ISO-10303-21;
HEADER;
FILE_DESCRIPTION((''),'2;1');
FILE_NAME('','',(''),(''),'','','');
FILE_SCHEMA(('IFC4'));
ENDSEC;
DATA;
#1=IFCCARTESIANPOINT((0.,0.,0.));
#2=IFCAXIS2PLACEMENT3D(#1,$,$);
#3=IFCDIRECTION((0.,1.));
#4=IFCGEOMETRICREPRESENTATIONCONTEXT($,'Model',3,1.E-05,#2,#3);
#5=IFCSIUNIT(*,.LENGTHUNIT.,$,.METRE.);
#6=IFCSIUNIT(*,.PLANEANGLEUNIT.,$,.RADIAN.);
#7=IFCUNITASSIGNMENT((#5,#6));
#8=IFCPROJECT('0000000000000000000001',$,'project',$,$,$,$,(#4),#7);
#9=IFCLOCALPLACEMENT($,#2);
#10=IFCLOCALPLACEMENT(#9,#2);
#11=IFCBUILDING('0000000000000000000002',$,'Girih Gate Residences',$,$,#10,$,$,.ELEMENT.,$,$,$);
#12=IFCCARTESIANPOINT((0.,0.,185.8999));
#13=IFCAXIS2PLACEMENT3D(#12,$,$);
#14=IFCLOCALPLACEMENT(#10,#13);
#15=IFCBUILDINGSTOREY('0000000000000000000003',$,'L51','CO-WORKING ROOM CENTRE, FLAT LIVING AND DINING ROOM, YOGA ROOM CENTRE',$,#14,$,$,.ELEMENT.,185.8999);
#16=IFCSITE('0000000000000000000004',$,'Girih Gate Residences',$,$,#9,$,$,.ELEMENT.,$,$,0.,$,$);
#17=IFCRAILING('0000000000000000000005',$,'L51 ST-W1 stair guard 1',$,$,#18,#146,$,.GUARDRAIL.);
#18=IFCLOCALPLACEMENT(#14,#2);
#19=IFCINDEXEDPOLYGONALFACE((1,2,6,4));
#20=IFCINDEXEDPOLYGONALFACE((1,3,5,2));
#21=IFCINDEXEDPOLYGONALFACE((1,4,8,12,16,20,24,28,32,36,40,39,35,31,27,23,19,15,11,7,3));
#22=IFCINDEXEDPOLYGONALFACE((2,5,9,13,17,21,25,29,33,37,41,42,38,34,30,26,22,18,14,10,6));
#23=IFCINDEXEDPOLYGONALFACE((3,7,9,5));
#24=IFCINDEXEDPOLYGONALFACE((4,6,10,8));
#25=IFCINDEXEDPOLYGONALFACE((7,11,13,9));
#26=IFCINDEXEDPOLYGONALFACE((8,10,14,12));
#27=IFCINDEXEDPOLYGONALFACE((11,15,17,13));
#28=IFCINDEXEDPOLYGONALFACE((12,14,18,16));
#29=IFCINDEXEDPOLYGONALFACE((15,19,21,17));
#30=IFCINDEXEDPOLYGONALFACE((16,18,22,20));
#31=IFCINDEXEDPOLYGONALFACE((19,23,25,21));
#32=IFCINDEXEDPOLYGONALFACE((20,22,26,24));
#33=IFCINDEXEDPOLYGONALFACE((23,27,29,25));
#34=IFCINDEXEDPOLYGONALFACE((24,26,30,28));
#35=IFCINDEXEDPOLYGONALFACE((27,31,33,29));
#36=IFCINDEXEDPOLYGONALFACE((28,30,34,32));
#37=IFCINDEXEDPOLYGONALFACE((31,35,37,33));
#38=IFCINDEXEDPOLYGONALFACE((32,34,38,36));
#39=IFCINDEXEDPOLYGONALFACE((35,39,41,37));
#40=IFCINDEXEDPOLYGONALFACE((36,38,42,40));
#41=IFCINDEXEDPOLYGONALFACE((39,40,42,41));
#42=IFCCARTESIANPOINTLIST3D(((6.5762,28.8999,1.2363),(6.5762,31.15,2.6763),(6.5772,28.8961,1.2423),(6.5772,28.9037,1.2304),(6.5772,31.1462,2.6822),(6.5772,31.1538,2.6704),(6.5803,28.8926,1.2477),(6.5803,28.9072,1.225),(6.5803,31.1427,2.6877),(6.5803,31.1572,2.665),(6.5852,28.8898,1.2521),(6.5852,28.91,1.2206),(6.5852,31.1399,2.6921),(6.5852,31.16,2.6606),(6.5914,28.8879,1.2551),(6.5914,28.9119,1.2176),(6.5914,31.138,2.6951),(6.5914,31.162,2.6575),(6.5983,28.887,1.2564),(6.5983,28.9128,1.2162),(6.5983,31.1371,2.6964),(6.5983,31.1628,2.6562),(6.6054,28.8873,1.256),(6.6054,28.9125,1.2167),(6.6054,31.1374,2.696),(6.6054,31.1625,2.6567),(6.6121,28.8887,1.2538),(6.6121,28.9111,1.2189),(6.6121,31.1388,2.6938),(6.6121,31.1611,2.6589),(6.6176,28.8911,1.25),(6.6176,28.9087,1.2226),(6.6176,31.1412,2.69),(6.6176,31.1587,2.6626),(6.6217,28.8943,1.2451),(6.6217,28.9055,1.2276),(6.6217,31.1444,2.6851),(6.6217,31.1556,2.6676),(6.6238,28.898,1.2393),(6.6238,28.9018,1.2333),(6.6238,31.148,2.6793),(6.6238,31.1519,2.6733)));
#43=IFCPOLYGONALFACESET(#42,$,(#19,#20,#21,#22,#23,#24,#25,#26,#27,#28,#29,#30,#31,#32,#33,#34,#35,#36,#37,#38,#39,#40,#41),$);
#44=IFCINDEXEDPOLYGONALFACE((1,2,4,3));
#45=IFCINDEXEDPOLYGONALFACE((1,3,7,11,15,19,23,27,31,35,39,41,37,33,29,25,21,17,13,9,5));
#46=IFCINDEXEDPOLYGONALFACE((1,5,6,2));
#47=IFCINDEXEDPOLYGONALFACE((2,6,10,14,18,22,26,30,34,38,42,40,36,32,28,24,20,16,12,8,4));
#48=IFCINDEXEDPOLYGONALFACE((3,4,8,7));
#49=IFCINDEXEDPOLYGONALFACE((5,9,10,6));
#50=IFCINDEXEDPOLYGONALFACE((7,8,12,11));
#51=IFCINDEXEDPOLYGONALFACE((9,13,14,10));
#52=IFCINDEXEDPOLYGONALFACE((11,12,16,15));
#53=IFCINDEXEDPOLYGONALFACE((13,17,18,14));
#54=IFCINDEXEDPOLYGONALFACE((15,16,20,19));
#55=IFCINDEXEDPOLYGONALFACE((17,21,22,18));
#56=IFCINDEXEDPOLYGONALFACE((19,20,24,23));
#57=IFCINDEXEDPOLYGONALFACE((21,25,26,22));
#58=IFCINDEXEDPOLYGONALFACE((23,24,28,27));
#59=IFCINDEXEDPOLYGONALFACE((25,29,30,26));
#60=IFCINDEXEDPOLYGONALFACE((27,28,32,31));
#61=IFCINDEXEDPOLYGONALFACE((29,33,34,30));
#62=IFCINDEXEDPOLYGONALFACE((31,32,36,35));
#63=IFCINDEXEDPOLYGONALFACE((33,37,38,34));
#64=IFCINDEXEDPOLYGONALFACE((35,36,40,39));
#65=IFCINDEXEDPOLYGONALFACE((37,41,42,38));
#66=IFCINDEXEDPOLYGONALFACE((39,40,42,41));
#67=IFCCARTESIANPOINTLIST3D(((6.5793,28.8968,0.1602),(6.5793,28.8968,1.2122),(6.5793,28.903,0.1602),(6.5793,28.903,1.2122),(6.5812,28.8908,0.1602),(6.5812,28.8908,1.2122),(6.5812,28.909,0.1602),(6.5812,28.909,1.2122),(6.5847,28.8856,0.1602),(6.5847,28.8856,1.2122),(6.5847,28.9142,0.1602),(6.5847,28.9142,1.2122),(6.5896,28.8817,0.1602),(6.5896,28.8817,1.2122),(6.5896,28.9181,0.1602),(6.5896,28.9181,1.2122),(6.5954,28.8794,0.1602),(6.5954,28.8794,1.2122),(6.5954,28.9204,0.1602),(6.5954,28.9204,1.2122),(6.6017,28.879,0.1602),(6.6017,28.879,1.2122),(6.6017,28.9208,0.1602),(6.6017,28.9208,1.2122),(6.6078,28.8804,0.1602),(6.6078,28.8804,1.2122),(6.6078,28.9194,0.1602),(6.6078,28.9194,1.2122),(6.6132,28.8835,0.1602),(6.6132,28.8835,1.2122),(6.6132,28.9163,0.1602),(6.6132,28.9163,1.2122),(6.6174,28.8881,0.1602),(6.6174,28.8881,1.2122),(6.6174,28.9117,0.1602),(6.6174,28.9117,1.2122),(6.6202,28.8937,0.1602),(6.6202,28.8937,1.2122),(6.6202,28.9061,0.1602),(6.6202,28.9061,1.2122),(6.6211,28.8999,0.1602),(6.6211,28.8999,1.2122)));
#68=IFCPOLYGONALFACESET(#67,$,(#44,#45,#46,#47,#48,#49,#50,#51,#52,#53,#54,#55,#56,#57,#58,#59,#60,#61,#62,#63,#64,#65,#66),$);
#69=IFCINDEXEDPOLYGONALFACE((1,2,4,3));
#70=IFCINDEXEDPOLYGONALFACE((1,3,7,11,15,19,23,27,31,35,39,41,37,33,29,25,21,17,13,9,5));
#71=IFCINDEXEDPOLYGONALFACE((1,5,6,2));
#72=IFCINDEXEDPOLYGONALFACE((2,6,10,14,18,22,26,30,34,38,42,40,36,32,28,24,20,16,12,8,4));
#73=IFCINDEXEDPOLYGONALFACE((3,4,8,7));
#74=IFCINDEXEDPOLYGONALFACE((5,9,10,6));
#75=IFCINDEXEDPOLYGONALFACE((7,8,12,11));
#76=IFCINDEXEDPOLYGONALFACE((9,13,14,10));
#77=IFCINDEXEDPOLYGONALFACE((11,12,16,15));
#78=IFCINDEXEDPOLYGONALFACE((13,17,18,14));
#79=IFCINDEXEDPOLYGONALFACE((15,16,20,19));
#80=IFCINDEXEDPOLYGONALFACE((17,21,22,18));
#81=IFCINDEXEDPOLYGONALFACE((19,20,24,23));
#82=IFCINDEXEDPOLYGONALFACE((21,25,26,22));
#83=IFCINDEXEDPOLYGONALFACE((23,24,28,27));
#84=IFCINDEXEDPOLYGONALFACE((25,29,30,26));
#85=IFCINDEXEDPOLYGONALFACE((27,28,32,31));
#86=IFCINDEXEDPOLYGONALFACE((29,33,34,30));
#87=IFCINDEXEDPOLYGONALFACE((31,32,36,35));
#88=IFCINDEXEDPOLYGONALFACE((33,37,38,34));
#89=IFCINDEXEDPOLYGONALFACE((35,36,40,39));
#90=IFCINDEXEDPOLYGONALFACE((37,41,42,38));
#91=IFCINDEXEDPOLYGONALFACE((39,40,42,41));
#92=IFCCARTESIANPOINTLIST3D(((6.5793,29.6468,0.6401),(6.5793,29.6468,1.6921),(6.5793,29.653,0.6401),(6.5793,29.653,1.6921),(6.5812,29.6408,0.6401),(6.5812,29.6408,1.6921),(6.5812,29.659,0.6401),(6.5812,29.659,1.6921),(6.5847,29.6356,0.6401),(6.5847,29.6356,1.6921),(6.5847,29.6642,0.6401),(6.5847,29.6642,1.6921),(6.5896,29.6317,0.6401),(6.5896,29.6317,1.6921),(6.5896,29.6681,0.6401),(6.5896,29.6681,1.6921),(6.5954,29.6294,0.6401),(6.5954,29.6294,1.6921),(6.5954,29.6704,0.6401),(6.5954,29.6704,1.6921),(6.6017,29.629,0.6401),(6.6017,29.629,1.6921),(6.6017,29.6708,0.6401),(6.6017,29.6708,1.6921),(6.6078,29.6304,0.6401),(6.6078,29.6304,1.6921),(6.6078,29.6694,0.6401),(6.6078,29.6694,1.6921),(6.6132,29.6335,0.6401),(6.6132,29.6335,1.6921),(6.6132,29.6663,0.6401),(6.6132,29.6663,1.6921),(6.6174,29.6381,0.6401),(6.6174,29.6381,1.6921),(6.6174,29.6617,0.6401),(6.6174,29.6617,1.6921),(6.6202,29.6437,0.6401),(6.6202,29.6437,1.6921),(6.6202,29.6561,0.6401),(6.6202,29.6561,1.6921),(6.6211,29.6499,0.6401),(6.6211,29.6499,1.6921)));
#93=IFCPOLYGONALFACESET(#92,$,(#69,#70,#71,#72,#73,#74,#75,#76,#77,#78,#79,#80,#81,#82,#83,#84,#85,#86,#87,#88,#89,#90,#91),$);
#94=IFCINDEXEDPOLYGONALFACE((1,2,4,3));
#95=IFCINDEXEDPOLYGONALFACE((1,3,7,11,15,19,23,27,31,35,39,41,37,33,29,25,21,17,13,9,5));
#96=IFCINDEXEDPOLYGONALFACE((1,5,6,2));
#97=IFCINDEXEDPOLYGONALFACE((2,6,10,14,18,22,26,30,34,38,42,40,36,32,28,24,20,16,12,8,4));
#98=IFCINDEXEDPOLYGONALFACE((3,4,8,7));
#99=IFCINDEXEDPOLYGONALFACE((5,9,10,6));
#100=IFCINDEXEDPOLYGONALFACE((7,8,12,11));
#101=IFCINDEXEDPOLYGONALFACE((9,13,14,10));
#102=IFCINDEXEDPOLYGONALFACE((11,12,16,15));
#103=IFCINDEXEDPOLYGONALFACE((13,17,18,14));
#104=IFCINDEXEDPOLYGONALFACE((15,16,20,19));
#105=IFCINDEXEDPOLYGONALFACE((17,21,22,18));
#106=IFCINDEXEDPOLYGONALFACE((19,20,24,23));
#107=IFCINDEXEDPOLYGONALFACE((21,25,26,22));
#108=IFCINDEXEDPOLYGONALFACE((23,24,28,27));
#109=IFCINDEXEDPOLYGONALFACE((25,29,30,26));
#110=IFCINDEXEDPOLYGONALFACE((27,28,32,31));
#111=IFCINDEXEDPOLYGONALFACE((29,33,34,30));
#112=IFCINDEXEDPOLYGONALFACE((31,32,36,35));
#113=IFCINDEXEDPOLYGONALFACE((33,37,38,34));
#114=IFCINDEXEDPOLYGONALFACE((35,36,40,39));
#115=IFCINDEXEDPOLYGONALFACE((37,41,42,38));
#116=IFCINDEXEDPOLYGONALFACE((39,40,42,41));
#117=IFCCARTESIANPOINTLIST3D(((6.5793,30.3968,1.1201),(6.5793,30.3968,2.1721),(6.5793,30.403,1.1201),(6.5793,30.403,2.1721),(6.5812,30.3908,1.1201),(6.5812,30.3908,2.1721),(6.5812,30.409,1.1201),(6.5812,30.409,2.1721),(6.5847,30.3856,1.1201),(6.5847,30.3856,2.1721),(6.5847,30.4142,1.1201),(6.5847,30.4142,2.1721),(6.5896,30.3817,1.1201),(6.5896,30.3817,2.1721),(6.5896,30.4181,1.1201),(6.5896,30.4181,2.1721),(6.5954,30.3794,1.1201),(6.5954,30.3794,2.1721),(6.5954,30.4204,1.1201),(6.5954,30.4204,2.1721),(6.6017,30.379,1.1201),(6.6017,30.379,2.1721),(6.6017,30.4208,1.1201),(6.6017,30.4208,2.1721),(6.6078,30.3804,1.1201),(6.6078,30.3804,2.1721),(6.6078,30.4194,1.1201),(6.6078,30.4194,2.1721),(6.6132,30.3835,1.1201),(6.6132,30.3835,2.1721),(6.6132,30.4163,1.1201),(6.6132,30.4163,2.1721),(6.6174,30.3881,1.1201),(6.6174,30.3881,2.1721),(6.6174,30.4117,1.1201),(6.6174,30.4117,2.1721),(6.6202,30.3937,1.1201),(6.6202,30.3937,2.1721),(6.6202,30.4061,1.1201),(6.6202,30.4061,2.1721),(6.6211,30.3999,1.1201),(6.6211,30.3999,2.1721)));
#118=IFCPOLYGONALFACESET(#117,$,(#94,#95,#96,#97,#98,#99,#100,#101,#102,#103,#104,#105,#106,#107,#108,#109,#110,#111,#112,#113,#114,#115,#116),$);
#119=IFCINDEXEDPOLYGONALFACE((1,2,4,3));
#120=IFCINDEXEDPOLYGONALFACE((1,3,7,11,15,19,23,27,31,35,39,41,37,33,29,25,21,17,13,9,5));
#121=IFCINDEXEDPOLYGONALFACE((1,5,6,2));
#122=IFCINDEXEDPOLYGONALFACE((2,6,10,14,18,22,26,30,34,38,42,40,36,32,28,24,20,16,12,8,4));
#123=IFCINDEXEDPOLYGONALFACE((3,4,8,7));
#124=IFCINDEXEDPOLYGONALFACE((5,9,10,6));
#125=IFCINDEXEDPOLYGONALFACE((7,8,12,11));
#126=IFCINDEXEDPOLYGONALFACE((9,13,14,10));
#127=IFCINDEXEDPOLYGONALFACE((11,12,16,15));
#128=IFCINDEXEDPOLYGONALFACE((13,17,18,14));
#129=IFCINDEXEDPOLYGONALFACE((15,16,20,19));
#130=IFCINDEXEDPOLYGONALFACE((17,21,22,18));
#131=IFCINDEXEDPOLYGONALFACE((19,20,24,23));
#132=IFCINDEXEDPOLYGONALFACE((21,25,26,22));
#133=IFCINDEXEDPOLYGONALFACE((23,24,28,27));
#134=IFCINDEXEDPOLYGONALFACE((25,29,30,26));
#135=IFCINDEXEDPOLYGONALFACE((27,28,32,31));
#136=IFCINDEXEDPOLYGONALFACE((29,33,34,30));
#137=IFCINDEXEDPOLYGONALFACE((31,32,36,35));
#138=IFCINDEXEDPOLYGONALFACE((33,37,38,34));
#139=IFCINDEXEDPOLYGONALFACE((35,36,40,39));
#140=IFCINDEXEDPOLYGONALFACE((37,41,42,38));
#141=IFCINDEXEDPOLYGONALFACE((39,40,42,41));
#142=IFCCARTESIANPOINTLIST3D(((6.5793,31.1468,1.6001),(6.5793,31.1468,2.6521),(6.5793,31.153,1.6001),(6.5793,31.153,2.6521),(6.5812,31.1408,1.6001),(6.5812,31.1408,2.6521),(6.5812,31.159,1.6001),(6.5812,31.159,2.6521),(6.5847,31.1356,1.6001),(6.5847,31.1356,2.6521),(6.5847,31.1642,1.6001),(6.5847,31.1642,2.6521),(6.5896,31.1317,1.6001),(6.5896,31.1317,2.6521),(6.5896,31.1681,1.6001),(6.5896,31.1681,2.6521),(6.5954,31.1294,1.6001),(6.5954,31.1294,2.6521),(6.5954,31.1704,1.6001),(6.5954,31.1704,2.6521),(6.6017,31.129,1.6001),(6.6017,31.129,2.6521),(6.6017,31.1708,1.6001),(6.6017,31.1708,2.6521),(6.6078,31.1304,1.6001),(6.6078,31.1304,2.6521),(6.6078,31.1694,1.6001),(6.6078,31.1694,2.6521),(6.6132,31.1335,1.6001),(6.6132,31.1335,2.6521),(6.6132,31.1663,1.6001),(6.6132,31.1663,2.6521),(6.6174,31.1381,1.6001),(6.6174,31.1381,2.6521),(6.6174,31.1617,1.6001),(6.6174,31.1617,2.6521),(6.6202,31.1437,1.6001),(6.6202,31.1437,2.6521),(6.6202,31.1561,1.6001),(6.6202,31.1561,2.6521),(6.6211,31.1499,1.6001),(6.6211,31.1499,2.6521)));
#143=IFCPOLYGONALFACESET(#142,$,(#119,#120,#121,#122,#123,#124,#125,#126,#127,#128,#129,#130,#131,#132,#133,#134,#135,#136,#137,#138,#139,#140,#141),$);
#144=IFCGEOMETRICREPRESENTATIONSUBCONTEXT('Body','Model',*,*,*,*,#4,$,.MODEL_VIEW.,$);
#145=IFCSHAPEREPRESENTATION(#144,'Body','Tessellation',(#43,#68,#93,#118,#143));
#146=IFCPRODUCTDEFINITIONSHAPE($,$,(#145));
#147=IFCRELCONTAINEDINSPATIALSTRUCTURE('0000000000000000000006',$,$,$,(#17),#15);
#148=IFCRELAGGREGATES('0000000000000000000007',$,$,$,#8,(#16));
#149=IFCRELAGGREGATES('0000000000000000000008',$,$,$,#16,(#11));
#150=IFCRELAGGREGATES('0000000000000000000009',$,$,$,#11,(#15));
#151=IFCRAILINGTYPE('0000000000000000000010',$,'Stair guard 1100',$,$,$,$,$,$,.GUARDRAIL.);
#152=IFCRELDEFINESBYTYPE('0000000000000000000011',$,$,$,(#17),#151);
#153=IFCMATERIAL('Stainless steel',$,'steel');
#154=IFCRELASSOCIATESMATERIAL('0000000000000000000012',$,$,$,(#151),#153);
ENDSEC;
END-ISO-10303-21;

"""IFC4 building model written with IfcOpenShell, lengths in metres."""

from ifc_helpers import new_model, si_unit, direction, frame, origin, origin_2d, place, context, subcontext, project, spatial, circle, extrude, material, type_object, element, save


model = new_model("IFC4")

# Units and contexts
model_context = context("Model", 3, precision=1e-05, world=origin(), true_north=direction((0.0, 1.0)))
body_context = subcontext(model_context, "Body", "Model", "MODEL_VIEW")
ifc_project = project(units=[si_unit("LENGTHUNIT", "METRE"), si_unit("PLANEANGLEUNIT", "RADIAN")], contexts=[model_context])

# Site, building, storey
site_placement = place(None, origin())
site = spatial("IfcSite", under=ifc_project, at=site_placement, Name="Girih Gate Residences", CompositionType="ELEMENT", RefElevation=0.0)
building_placement = place(site_placement, origin())
building = spatial("IfcBuilding", under=site, at=building_placement, Name="Girih Gate Residences", CompositionType="ELEMENT")
storey_placement = place(building_placement, frame((0.0, 0.0, 185.8999)))
storey = spatial("IfcBuildingStorey", under=building, at=storey_placement, Name="L51", Description="CO-WORKING ROOM CENTRE, FLAT LIVING AND DINING ROOM, YOGA ROOM CENTRE", CompositionType="ELEMENT", Elevation=185.8999)

# Railing
ifc_material_1 = material(Name="Stainless steel", Category="steel")
railing_type_1 = type_object("IfcRailingType", Name="Stair guard 1100", PredefinedType="GUARDRAIL", material=ifc_material_1)
railing_1_placement = place(storey_placement, frame((6.6001, 28.8999, 0.1602)))
element("IfcRailing", 1, at=railing_1_placement, inside=storey, type_object=railing_type_1, Name="L51 ST-W1 stair guard 1", PredefinedType="GUARDRAIL", context=body_context, shape_type="SweptSolid", body=[
    extrude(circle(Radius=0.0239, at=origin_2d()), frame((0.0, 0.0, 1.0762), z_axis=(0.0, 0.842281, 0.539038), x_axis=(-1.0, 0.0, 0.0)), (0.0, 0.0, 1.0), 2.6714),
    extrude(circle(Radius=0.021, at=origin_2d()), origin(), (0.0, 0.0, 1.0), 1.052),
    extrude(circle(Radius=0.021, at=origin_2d()), frame((0.0, 0.75, 0.48)), (0.0, 0.0, 1.0), 1.052),
    extrude(circle(Radius=0.021, at=origin_2d()), frame((0.0, 1.5, 0.96)), (0.0, 0.0, 1.0), 1.052),
    extrude(circle(Radius=0.021, at=origin_2d()), frame((0.0, 2.25, 1.4399)), (0.0, 0.0, 1.0), 1.052),
])

save(model, "model.ifc")
